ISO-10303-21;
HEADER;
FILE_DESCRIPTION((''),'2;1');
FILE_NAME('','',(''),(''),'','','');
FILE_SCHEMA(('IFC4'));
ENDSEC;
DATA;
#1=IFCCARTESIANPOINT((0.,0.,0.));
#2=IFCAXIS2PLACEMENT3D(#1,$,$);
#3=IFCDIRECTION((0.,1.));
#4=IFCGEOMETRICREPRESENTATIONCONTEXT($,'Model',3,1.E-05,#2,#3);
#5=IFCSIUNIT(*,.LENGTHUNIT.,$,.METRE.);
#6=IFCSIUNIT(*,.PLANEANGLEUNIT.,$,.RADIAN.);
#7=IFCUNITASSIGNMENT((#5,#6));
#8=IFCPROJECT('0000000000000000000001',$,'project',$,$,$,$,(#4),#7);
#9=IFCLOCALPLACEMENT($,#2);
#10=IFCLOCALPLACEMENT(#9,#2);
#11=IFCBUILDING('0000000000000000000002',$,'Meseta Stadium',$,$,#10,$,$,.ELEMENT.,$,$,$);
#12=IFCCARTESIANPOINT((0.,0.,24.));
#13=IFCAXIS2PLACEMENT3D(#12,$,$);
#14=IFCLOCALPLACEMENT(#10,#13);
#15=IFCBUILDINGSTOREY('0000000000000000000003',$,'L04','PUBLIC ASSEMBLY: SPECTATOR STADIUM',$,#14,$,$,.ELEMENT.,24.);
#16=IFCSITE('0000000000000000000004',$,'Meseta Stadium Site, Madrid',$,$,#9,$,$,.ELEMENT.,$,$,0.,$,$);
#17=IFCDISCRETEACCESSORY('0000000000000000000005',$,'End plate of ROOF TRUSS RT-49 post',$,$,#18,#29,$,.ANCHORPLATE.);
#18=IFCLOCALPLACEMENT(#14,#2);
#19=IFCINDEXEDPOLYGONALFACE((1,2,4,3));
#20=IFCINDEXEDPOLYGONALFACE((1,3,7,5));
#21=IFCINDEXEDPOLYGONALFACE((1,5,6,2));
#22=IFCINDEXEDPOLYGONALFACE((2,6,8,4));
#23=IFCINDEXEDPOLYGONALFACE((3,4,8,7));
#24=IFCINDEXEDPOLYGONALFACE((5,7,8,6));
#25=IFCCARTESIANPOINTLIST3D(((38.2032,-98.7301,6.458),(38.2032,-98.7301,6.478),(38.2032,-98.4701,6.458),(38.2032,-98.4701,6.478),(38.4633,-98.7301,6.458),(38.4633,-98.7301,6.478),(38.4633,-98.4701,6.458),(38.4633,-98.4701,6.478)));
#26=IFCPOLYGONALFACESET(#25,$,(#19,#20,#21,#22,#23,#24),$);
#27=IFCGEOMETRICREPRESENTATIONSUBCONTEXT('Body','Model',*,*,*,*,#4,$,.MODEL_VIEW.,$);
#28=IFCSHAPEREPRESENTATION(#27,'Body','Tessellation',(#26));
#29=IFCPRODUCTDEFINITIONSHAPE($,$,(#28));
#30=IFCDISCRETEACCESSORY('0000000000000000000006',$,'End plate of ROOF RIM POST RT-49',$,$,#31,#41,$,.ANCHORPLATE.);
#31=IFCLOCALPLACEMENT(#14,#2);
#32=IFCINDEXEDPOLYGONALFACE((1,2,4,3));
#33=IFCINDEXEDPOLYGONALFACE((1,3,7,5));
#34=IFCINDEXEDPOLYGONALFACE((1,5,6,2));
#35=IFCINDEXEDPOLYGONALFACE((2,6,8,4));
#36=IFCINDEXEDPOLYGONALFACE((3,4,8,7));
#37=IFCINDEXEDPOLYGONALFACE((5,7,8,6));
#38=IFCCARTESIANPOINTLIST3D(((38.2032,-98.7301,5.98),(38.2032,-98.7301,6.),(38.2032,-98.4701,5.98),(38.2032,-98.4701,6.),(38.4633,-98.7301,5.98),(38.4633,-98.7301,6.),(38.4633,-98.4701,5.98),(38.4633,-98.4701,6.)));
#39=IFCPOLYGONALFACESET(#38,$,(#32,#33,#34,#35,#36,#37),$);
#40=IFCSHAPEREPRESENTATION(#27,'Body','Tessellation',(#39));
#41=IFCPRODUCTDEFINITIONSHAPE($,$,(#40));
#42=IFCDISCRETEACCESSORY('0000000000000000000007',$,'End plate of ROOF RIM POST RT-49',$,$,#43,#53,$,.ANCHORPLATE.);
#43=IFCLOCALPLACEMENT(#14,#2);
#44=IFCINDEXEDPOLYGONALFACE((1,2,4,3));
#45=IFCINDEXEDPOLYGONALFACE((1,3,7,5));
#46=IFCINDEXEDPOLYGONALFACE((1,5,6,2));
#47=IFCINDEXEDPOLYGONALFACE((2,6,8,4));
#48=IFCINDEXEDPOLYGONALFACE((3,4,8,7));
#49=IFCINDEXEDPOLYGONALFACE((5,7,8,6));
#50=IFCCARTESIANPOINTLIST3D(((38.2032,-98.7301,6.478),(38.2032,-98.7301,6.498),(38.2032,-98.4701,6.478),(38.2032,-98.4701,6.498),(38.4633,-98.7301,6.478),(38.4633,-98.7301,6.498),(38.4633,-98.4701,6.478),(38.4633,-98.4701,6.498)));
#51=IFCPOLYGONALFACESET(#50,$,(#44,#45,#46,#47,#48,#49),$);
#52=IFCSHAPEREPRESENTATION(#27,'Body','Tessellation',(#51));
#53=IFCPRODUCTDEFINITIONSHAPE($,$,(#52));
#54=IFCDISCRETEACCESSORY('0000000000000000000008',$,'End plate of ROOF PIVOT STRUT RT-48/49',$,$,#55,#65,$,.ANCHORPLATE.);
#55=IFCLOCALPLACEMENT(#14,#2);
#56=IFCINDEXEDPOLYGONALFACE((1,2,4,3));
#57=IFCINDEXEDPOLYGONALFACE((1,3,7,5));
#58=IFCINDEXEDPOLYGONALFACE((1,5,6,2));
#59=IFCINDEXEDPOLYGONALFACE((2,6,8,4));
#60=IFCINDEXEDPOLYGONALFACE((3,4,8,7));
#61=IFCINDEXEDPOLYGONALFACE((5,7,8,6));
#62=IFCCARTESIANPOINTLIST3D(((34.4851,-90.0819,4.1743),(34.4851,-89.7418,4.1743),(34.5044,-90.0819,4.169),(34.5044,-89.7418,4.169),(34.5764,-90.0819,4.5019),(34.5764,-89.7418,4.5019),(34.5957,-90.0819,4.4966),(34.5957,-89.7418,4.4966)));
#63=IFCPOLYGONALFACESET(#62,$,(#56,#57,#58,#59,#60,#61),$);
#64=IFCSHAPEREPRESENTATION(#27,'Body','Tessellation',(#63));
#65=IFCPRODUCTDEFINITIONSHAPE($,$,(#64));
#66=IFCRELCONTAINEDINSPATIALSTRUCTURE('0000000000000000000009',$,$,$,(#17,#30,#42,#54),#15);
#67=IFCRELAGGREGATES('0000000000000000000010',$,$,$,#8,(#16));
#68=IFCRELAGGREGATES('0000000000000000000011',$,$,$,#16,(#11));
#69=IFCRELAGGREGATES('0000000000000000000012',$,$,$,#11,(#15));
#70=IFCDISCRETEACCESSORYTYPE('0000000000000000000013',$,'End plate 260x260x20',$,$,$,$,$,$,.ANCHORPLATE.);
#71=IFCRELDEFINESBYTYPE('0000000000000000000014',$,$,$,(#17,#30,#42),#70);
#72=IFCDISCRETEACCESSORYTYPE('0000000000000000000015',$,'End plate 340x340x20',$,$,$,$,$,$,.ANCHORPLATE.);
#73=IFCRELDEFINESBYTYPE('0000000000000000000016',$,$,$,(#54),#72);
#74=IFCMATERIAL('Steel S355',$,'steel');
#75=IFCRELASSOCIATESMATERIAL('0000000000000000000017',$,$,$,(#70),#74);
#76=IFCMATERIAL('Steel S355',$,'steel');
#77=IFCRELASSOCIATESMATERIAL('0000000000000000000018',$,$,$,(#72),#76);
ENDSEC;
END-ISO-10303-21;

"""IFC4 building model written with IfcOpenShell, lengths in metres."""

from ifc_helpers import new_model, si_unit, direction, frame, origin, origin_2d, place, context, subcontext, project, spatial, rectangle, extrude, material, material_profile, profile_set, type_object, element, save


model = new_model("IFC4")

# Units and contexts
model_context = context("Model", 3, precision=1e-05, world=origin(), true_north=direction((0.0, 1.0)))
body_context = subcontext(model_context, "Body", "Model", "MODEL_VIEW")
ifc_project = project(units=[si_unit("LENGTHUNIT", "METRE"), si_unit("PLANEANGLEUNIT", "RADIAN")], contexts=[model_context])

# Site, building, storey
site_placement = place(None, origin())
site = spatial("IfcSite", under=ifc_project, at=site_placement, Name="Meseta Stadium Site, Madrid", CompositionType="ELEMENT", RefElevation=0.0)
building_placement = place(site_placement, origin())
building = spatial("IfcBuilding", under=site, at=building_placement, Name="Meseta Stadium", CompositionType="ELEMENT")
storey_placement = place(building_placement, frame((0.0, 0.0, 24.0)))
storey = spatial("IfcBuildingStorey", under=building, at=storey_placement, Name="L04", Description="PUBLIC ASSEMBLY: SPECTATOR STADIUM", CompositionType="ELEMENT", Elevation=24.0)

# Discrete accessories
ifc_material_1 = material(Name="Steel S355", Category="steel")
ifc_material_profile_1 = material_profile(ifc_material_1, rectangle(XDim=0.26, YDim=0.26, at=origin_2d()), Name="PL 260x260")
ifc_profile_set_1 = profile_set([ifc_material_profile_1], Name="Steel S355")
discrete_accessory_type_1 = type_object("IfcDiscreteAccessoryType", Name="End plate 260x260x20", PredefinedType="ANCHORPLATE", material=ifc_profile_set_1)
for number, where, z_axis, x_axis, name in (
    (1, (38.3333, -98.6001, 6.458), (0.0, 0.0, 1.0), (1.0, 0.0, 0.0), "End plate of ROOF TRUSS RT-49 post"),
    (2, (38.3333, -98.6001, 5.98), (0.0, 0.0, 1.0), (1.0, 0.0, 0.0), "End plate of ROOF RIM POST RT-49"),
    (3, (38.3333, -98.6001, 6.478), (0.0, 0.0, 1.0), (1.0, 0.0, 0.0), "End plate of ROOF RIM POST RT-49"),
):
    element("IfcDiscreteAccessory", number, at=place(storey_placement, frame(where, z_axis=z_axis, x_axis=x_axis)), inside=storey, type_object=discrete_accessory_type_1, Name=name, PredefinedType="ANCHORPLATE", context=body_context, shape_type="SweptSolid", body=[
        extrude(rectangle(XDim=0.26, YDim=0.26, at=origin_2d()), origin(), (0.0, 0.0, 1.0), 0.02),
    ])
ifc_material_2 = material(Name="Steel S355", Category="steel")
ifc_material_profile_2 = material_profile(ifc_material_2, rectangle(XDim=0.3401, YDim=0.3401, at=origin_2d()), Name="PL 340x340")
ifc_profile_set_2 = profile_set([ifc_material_profile_2], Name="Steel S355")
discrete_accessory_type_2 = type_object("IfcDiscreteAccessoryType", Name="End plate 340x340x20", PredefinedType="ANCHORPLATE", material=ifc_profile_set_2)
discrete_accessory_1_placement = place(storey_placement, frame((34.5308, -89.9119, 4.3381), z_axis=(0.963343, 0.0, -0.268273), x_axis=(0.0, 1.0, 0.0)))
element("IfcDiscreteAccessory", 4, at=discrete_accessory_1_placement, inside=storey, type_object=discrete_accessory_type_2, Name="End plate of ROOF PIVOT STRUT RT-48/49", PredefinedType="ANCHORPLATE", context=body_context, shape_type="SweptSolid", body=[
    extrude(rectangle(XDim=0.3401, YDim=0.3401, at=origin_2d()), origin(), (0.0, 0.0, 1.0), 0.02),
])

save(model, "model.ifc")
